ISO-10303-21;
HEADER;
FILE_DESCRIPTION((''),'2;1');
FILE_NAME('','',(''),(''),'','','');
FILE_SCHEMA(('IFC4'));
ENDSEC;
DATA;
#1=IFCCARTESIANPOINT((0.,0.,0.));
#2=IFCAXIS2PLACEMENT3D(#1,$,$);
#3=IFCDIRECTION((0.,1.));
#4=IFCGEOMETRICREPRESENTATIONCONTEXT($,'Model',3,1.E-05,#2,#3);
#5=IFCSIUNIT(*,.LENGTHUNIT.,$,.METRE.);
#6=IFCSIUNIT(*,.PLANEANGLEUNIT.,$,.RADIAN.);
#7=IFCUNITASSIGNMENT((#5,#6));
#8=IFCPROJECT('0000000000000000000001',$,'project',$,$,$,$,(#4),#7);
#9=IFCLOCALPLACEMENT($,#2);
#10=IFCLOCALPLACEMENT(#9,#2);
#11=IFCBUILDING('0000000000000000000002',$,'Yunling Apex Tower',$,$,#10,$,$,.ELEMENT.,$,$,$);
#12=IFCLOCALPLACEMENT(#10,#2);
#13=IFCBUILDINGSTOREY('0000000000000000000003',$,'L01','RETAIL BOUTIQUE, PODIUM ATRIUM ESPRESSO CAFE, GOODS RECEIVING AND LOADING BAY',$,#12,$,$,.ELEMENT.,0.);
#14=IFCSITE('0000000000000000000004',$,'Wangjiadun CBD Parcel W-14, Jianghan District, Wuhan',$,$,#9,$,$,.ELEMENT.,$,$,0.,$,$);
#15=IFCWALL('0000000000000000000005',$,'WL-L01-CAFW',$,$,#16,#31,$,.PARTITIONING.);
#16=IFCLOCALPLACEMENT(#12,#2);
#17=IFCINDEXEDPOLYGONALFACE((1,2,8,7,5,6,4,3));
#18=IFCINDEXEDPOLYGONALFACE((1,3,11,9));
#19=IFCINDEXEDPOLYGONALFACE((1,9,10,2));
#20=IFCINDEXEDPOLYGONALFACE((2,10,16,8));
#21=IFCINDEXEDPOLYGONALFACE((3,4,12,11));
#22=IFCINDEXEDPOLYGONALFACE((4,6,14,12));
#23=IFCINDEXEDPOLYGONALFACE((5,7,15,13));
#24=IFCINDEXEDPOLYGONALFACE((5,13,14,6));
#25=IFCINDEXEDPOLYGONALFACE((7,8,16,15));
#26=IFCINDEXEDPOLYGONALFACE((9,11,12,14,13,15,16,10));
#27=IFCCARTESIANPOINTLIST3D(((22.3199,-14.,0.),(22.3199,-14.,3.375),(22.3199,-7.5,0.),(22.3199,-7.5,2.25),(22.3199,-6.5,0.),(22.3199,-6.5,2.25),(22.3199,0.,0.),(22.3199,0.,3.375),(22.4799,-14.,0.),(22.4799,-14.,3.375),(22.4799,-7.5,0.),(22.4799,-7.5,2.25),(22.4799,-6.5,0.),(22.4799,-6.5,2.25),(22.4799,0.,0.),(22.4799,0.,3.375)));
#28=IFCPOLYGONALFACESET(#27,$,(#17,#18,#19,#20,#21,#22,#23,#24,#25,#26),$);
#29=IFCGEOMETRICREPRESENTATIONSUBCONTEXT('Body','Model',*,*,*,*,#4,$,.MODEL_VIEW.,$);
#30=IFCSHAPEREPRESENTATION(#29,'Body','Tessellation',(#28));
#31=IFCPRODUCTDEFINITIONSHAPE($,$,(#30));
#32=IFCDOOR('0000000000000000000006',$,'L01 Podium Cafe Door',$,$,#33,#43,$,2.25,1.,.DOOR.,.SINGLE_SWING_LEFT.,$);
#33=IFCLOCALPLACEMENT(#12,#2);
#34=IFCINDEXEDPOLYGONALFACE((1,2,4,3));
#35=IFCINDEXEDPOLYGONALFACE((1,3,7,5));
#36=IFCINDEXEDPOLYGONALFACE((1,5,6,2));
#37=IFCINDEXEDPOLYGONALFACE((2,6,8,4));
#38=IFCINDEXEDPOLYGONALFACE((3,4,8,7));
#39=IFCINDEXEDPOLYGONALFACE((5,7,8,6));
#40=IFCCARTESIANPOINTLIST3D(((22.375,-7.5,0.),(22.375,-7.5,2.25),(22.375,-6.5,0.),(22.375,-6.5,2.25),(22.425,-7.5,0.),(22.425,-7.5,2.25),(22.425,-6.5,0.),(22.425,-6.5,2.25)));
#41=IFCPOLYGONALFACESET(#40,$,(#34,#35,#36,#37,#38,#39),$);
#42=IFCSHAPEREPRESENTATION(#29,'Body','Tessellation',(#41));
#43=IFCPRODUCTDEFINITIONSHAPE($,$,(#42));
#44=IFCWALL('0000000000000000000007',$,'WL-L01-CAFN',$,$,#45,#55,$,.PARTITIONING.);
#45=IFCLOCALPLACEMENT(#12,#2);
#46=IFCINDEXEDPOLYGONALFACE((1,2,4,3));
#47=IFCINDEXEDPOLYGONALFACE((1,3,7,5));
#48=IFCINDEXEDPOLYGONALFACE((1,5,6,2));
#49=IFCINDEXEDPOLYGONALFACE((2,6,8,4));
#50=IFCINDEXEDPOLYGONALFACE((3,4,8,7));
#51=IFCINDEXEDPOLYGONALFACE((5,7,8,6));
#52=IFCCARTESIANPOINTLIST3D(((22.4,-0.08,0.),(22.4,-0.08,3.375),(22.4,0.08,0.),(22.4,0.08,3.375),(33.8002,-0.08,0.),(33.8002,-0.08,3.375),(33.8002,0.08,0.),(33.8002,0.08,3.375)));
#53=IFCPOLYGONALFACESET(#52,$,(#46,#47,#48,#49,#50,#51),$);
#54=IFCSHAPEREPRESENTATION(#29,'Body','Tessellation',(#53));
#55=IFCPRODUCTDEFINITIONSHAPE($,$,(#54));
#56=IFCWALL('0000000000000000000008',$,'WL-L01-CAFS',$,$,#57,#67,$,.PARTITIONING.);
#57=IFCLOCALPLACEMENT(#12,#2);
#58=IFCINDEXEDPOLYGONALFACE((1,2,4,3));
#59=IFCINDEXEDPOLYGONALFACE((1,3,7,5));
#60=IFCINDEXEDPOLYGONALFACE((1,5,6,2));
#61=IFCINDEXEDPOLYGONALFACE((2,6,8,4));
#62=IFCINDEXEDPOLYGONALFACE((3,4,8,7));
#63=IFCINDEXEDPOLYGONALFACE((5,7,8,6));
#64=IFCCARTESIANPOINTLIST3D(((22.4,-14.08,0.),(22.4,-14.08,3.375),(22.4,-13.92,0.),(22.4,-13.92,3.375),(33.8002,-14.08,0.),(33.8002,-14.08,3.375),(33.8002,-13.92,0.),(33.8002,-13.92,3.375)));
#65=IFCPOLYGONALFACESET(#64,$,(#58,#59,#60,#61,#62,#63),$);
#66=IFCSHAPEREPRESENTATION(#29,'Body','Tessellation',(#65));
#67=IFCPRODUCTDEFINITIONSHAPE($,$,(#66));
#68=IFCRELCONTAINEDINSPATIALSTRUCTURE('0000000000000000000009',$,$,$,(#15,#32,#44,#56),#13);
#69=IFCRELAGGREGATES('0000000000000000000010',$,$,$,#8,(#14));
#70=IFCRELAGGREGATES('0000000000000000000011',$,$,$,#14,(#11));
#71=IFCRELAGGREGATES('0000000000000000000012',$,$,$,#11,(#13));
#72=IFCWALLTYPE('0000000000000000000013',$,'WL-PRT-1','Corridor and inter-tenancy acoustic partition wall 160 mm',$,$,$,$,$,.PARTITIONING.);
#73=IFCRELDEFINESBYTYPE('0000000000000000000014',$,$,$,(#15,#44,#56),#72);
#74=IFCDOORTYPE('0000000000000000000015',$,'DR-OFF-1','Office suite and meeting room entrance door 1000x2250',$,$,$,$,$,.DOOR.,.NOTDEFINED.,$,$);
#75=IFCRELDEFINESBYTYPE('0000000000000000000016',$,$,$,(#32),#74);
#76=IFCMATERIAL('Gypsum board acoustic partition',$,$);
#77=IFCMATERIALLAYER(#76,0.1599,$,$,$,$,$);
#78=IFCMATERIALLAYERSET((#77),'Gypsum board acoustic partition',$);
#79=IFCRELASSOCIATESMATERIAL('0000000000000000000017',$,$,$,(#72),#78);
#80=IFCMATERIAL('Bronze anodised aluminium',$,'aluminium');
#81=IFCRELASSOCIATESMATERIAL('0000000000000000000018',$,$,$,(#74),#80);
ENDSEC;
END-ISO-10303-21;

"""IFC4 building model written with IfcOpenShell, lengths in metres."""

from ifc_helpers import new_model, si_unit, direction, frame, frame_2d, origin, place, context, subcontext, project, spatial, rectangle, extrude, material, layer, layer_set, type_object, element, fill, save


model = new_model("IFC4")

# Units and contexts
model_context = context("Model", 3, precision=1e-05, world=origin(), true_north=direction((0.0, 1.0)))
body_context = subcontext(model_context, "Body", "Model", "MODEL_VIEW")
ifc_project = project(units=[si_unit("LENGTHUNIT", "METRE"), si_unit("PLANEANGLEUNIT", "RADIAN")], contexts=[model_context])

# Site, building, storey
site_placement = place(None, origin())
site = spatial("IfcSite", under=ifc_project, at=site_placement, Name="Wangjiadun CBD Parcel W-14, Jianghan District, Wuhan", CompositionType="ELEMENT", RefElevation=0.0)
building_placement = place(site_placement, origin())
building = spatial("IfcBuilding", under=site, at=building_placement, Name="Yunling Apex Tower", CompositionType="ELEMENT")
storey_placement = place(building_placement, origin())
storey = spatial("IfcBuildingStorey", under=building, at=storey_placement, Name="L01", Description="RETAIL BOUTIQUE, PODIUM ATRIUM ESPRESSO CAFE, GOODS RECEIVING AND LOADING BAY", CompositionType="ELEMENT", Elevation=0.0)

# Shared definitions
ifc_material_1 = material(Name="Bronze anodised aluminium", Category="aluminium")

# Wall, opening, door
ifc_material_2 = material(Name="Gypsum board acoustic partition")
ifc_layer_1 = layer(ifc_material_2, 0.1599)
ifc_layer_set_1 = layer_set([ifc_layer_1], Name="Gypsum board acoustic partition")
wall_type_1 = type_object("IfcWallType", Name="WL-PRT-1", Description="Corridor and inter-tenancy acoustic partition wall 160 mm", PredefinedType="PARTITIONING", material=ifc_layer_set_1)
wall_1_placement = place(storey_placement, frame((22.3999, -14.0, 0.0), z_axis=(0.0, 0.0, 1.0), x_axis=(0.0, 1.0, 0.0)))
wall_1 = element("IfcWall", 1, at=wall_1_placement, inside=storey, type_object=wall_type_1, Name="WL-L01-CAFW", PredefinedType="PARTITIONING", context=body_context, shape_type="SweptSolid", body=[
    extrude(rectangle(XDim=14.0, YDim=0.1599, at=frame_2d((7.0, 0.0))), origin(), (0.0, 0.0, 1.0), 3.375),
])
opening_1_placement = place(wall_1_placement, frame((6.5, 0.0, 0.0)))
opening_1 = element("IfcOpeningElement", 2, at=opening_1_placement, cuts=wall_1, PredefinedType="OPENING", context=body_context, shape_type="SweptSolid", body=[
    extrude(rectangle(XDim=1.0, YDim=2.25, at=frame_2d((0.5, 1.125))), frame((0.0, 0.0898, 0.0), z_axis=(0.0, -1.0, 0.0), x_axis=(1.0, 0.0, 0.0)), (0.0, 0.0, 1.0), 0.1799),
])
door_type_1 = type_object("IfcDoorType", Name="DR-OFF-1", Description="Office suite and meeting room entrance door 1000x2250", OperationType="NOTDEFINED", PredefinedType="DOOR", material=ifc_material_1)
door_1_placement = place(opening_1_placement, origin())
door_1 = element("IfcDoor", 3, at=door_1_placement, inside=storey, type_object=door_type_1, Name="L01 Podium Cafe Door", OperationType="SINGLE_SWING_LEFT", OverallHeight=2.25, OverallWidth=1.0, PredefinedType="DOOR", context=body_context, shape_type="SweptSolid", body=[
    extrude(rectangle(XDim=1.0, YDim=2.25, at=frame_2d((0.5, 1.125))), frame((0.0, 0.0249, 0.0), z_axis=(0.0, -1.0, 0.0), x_axis=(1.0, 0.0, 0.0)), (0.0, 0.0, 1.0), 0.05),
])
fill(opening_1, door_1)

# Walls
for number, where, z_axis, x_axis, name in (
    (4, (22.3999, 0.0, 0.0), (0.0, 0.0, 1.0), (1.0, 0.0, 0.0), "WL-L01-CAFN"),
    (5, (22.3999, -14.0, 0.0), (0.0, 0.0, 1.0), (1.0, 0.0, 0.0), "WL-L01-CAFS"),
):
    element("IfcWall", number, at=place(storey_placement, frame(where, z_axis=z_axis, x_axis=x_axis)), inside=storey, type_object=wall_type_1, Name=name, PredefinedType="PARTITIONING", context=body_context, shape_type="SweptSolid", body=[
        extrude(rectangle(XDim=11.4001, YDim=0.1599, at=frame_2d((5.7002, 0.0))), origin(), (0.0, 0.0, 1.0), 3.375),
    ])

save(model, "model.ifc")
